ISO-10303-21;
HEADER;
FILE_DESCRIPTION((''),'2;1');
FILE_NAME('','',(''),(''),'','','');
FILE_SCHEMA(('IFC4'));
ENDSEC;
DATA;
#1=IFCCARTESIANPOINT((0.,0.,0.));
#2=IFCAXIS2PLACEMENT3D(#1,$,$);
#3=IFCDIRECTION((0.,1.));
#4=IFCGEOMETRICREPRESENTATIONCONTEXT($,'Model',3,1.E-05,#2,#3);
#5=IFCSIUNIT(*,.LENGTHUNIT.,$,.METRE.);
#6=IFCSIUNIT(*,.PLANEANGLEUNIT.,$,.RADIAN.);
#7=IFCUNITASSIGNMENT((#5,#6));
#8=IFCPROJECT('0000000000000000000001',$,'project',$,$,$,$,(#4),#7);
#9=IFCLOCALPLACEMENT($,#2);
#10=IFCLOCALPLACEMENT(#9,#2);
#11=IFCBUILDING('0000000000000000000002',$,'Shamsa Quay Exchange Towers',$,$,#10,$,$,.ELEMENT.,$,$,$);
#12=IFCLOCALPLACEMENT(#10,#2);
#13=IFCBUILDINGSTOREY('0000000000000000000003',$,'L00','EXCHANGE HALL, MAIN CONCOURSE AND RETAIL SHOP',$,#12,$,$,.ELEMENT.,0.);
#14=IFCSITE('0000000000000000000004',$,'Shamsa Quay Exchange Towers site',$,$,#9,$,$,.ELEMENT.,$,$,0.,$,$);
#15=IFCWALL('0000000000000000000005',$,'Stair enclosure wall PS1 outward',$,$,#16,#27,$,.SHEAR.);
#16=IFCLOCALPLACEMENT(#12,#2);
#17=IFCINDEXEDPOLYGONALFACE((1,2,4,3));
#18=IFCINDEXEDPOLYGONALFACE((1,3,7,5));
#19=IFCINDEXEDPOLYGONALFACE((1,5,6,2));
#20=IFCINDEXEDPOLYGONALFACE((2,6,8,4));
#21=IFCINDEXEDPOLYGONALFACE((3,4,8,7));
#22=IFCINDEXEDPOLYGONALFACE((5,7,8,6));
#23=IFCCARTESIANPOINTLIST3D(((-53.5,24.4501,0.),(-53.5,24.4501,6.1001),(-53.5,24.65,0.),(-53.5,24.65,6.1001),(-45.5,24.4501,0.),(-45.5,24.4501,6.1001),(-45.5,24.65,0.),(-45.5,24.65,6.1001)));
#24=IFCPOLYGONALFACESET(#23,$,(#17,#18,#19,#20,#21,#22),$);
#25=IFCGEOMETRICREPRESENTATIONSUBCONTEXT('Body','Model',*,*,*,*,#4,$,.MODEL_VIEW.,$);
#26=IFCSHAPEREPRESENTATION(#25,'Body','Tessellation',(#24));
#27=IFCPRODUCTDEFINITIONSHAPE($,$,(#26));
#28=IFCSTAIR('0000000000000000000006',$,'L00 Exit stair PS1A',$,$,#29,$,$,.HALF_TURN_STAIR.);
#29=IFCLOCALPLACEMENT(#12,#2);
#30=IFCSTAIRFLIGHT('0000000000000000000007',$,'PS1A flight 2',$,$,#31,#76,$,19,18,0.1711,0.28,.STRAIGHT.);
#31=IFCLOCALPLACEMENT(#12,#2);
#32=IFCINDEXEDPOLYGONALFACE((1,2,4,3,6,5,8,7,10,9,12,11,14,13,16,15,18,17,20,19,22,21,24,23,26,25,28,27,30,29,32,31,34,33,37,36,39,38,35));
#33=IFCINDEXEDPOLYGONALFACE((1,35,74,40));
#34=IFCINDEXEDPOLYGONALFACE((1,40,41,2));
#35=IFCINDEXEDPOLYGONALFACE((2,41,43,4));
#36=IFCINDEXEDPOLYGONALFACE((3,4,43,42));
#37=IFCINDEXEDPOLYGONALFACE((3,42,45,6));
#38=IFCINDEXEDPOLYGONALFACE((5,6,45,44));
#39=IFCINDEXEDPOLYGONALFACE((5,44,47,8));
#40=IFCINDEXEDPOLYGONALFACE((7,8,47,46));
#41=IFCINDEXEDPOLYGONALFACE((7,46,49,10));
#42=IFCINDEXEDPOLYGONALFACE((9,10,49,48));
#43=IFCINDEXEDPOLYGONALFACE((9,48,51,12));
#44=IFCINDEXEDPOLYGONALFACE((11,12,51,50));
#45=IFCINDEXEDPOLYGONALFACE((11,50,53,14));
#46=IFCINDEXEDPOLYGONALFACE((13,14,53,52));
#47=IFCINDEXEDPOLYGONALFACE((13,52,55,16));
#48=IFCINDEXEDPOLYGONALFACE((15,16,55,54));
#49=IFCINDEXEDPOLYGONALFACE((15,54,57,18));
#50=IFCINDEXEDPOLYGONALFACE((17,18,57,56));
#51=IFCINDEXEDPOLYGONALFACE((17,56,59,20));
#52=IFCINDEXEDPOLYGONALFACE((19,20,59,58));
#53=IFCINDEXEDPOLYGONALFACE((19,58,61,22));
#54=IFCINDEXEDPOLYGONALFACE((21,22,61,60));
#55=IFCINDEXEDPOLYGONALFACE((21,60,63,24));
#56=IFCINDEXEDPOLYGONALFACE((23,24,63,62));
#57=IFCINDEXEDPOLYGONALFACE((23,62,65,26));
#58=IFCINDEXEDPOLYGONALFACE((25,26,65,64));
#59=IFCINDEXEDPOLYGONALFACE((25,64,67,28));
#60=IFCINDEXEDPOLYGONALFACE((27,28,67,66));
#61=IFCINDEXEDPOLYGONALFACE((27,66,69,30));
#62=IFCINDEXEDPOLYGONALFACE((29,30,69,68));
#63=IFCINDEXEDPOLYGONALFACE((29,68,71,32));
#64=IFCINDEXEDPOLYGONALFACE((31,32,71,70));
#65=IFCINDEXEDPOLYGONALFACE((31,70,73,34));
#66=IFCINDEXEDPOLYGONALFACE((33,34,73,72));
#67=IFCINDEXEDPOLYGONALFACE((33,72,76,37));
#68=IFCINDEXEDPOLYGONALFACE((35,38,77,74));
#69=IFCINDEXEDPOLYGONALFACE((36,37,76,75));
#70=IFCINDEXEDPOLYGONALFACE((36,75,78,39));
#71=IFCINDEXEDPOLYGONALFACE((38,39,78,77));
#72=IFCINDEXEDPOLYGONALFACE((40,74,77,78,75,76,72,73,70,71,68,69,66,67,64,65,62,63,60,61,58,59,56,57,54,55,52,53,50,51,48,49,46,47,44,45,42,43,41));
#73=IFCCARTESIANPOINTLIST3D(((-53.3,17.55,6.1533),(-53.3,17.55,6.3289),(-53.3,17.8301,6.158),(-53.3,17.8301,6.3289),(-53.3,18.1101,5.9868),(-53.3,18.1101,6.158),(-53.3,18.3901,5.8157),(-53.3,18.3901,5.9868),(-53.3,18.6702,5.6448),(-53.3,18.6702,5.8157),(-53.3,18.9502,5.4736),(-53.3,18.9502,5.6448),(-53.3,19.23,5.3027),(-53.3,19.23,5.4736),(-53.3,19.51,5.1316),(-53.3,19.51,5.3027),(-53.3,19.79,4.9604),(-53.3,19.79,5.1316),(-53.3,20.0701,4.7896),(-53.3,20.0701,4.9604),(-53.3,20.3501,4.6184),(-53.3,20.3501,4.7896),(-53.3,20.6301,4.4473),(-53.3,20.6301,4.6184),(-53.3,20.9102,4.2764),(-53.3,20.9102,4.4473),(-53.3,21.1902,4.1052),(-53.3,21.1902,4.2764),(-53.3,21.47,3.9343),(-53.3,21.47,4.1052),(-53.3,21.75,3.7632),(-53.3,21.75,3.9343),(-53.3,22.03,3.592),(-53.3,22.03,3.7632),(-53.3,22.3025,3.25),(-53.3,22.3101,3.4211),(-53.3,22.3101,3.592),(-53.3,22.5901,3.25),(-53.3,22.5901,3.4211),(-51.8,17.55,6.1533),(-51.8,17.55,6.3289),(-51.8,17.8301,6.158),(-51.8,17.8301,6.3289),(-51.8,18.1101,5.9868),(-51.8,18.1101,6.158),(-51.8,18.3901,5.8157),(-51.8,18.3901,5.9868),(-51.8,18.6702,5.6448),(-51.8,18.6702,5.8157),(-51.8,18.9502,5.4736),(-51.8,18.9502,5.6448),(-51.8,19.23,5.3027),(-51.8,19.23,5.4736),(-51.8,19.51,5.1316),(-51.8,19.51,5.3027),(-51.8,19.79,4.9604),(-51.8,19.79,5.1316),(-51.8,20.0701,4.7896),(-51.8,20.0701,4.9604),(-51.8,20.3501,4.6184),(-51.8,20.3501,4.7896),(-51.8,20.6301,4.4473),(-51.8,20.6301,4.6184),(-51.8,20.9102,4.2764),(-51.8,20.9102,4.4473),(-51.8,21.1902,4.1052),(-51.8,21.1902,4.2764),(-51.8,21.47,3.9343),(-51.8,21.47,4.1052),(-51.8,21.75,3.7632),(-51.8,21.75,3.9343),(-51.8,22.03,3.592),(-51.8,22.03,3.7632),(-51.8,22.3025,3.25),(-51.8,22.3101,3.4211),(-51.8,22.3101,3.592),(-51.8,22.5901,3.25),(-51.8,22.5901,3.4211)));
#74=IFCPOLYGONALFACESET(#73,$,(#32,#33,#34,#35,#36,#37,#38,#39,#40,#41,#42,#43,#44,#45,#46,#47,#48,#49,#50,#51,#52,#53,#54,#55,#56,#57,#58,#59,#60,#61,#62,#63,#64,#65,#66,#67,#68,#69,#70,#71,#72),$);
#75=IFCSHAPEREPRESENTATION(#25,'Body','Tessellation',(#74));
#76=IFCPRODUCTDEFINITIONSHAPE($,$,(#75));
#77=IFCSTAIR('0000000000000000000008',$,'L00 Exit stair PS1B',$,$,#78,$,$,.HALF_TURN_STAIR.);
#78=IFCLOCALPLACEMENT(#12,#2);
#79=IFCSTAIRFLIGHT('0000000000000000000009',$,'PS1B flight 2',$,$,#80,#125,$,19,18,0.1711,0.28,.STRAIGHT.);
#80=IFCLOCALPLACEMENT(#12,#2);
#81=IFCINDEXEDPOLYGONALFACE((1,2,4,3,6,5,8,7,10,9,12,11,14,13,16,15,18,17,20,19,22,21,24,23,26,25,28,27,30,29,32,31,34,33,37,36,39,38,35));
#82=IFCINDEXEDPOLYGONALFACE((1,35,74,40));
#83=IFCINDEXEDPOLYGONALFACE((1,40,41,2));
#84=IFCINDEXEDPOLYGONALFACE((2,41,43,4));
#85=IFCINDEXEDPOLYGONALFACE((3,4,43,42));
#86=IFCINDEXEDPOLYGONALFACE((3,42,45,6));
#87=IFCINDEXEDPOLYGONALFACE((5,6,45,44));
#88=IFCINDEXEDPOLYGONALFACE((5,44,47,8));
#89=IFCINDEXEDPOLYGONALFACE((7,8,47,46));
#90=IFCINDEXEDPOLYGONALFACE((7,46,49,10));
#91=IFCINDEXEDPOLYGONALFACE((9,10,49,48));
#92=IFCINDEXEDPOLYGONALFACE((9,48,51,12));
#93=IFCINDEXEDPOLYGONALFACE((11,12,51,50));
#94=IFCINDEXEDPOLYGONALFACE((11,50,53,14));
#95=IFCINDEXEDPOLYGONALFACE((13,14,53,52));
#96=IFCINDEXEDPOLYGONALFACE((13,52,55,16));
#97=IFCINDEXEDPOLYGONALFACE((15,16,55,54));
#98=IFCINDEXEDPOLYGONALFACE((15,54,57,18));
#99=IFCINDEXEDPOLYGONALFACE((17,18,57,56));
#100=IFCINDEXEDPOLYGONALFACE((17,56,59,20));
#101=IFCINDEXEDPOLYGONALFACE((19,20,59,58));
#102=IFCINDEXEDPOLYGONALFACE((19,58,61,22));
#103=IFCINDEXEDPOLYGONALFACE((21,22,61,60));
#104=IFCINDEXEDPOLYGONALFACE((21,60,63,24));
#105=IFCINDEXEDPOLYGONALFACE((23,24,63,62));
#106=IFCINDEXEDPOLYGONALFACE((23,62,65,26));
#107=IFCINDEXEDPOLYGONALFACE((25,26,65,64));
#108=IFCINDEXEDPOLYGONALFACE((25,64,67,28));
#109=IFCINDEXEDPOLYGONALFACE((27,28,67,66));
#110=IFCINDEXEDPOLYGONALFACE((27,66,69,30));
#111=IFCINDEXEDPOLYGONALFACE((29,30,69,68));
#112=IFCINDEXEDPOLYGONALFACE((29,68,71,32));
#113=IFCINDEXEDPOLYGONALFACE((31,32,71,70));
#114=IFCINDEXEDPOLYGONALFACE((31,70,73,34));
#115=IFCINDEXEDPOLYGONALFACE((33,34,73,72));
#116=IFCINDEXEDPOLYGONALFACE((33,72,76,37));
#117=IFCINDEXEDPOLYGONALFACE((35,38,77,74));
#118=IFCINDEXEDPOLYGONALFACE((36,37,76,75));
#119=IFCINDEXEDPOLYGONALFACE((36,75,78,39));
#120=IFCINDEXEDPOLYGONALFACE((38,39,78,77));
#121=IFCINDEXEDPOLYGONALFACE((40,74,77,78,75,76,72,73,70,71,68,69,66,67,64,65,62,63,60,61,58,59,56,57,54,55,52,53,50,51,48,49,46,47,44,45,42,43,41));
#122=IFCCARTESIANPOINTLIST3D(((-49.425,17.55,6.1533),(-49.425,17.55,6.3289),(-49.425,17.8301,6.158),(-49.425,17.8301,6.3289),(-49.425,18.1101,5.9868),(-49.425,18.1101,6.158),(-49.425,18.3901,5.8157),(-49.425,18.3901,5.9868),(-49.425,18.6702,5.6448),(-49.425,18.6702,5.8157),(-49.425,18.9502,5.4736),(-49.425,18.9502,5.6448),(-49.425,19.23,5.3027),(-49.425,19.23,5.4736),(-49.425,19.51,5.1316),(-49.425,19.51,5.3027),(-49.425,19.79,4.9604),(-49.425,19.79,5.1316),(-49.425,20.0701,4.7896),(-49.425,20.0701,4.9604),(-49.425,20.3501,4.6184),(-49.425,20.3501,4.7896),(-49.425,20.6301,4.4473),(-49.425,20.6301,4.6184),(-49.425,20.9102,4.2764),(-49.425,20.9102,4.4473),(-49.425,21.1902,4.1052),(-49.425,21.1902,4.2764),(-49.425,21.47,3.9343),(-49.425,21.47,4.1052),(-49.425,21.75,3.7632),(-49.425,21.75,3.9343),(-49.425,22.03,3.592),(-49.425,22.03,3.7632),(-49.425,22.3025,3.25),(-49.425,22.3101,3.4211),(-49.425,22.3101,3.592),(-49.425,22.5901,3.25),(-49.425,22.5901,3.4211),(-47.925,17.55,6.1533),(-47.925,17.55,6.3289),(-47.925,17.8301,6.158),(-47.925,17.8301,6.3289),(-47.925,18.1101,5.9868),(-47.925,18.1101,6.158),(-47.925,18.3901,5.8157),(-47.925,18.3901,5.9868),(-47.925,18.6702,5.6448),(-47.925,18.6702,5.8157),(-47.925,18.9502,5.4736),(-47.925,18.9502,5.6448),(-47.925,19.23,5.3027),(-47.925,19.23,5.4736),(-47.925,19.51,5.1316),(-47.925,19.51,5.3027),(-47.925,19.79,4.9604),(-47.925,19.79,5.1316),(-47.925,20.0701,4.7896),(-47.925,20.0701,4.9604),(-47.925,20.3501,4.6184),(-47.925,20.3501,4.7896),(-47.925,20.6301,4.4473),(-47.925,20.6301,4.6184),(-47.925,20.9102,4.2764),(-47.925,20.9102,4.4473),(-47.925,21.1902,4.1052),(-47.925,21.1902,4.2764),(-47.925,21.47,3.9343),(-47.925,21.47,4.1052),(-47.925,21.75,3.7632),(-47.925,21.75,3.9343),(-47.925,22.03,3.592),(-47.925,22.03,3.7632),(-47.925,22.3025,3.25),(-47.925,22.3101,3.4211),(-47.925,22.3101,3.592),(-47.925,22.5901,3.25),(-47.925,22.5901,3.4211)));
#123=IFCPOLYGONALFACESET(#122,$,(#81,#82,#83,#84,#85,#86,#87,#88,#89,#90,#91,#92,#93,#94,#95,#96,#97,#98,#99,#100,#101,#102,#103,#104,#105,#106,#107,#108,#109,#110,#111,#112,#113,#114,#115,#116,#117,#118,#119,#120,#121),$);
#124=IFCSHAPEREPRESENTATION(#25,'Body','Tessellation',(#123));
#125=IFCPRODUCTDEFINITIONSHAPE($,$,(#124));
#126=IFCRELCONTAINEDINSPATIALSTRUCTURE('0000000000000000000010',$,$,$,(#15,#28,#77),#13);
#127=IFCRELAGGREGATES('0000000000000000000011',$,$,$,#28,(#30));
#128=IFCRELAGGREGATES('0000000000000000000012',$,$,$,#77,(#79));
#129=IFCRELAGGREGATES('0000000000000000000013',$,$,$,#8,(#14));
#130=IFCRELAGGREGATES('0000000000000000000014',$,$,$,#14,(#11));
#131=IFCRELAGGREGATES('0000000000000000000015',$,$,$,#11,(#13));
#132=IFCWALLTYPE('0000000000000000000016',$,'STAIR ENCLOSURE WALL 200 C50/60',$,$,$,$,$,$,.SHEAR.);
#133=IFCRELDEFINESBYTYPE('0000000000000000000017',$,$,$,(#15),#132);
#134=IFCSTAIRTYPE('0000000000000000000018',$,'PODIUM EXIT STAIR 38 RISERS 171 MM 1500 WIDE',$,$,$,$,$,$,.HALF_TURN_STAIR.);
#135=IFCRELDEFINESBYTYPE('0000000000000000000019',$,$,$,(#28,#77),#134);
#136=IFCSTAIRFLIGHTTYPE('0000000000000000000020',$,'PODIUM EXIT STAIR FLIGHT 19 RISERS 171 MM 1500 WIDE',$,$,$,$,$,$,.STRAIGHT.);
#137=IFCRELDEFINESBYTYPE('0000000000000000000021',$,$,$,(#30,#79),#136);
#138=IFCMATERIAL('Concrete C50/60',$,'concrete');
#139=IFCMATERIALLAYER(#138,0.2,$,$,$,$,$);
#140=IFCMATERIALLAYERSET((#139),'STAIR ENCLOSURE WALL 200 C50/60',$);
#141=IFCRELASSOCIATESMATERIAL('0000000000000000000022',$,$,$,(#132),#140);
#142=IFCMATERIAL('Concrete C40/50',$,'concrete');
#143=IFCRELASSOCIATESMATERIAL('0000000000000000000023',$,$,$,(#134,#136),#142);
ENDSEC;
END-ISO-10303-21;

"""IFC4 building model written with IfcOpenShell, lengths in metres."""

from ifc_helpers import new_model, si_unit, direction, frame, frame_2d, origin, place, context, subcontext, project, spatial, polyline, rectangle, outline, extrude, material, layer, layer_set, type_object, element, aggregate, save


model = new_model("IFC4")

# Units and contexts
model_context = context("Model", 3, precision=1e-05, world=origin(), true_north=direction((0.0, 1.0)))
body_context = subcontext(model_context, "Body", "Model", "MODEL_VIEW")
ifc_project = project(units=[si_unit("LENGTHUNIT", "METRE"), si_unit("PLANEANGLEUNIT", "RADIAN")], contexts=[model_context])

# Site, building, storey
site_placement = place(None, origin())
site = spatial("IfcSite", under=ifc_project, at=site_placement, Name="Shamsa Quay Exchange Towers site", CompositionType="ELEMENT", RefElevation=0.0)
building_placement = place(site_placement, origin())
building = spatial("IfcBuilding", under=site, at=building_placement, Name="Shamsa Quay Exchange Towers", CompositionType="ELEMENT")
storey_placement = place(building_placement, origin())
storey = spatial("IfcBuildingStorey", under=building, at=storey_placement, Name="L00", Description="EXCHANGE HALL, MAIN CONCOURSE AND RETAIL SHOP", CompositionType="ELEMENT", Elevation=0.0)

# Shared definitions
ifc_material_1 = material(Name="Concrete C40/50", Category="concrete")

# Wall
ifc_material_2 = material(Name="Concrete C50/60", Category="concrete")
ifc_layer_1 = layer(ifc_material_2, 0.2)
ifc_layer_set_1 = layer_set([ifc_layer_1], Name="STAIR ENCLOSURE WALL 200 C50/60")
wall_type_1 = type_object("IfcWallType", Name="STAIR ENCLOSURE WALL 200 C50/60", PredefinedType="SHEAR", material=ifc_layer_set_1)
wall_1_placement = place(storey_placement, frame((-53.5, 24.55, 0.0)))
element("IfcWall", 1, at=wall_1_placement, inside=storey, type_object=wall_type_1, Name="Stair enclosure wall PS1 outward", PredefinedType="SHEAR", context=body_context, shape_type="SweptSolid", body=[
    extrude(rectangle(XDim=8.0, YDim=0.2, at=frame_2d((4.0, 0.0))), origin(), (0.0, 0.0, 1.0), 6.1001),
])

# Stairs, stair flights
stair_type = type_object("IfcStairType", Name="PODIUM EXIT STAIR 38 RISERS 171 MM 1500 WIDE", PredefinedType="HALF_TURN_STAIR", material=ifc_material_1)
stair_1_placement = place(storey_placement, origin())
stair_1 = element("IfcStair", 2, at=stair_1_placement, inside=storey, type_object=stair_type, Name="L00 Exit stair PS1A", PredefinedType="HALF_TURN_STAIR")
stair_flight_type = type_object("IfcStairFlightType", Name="PODIUM EXIT STAIR FLIGHT 19 RISERS 171 MM 1500 WIDE", PredefinedType="STRAIGHT", material=ifc_material_1)
stair_flight_1_placement = place(storey_placement, frame((-52.55, 22.5901, 3.25), z_axis=(0.0, 0.0, 1.0), x_axis=(0.0, -1.0, 0.0)))
stair_flight_1 = element("IfcStairFlight", 3, at=stair_flight_1_placement, type_object=stair_flight_type, Name="PS1A flight 2", NumberOfRisers=19, NumberOfTreads=18, PredefinedType="STRAIGHT", RiserHeight=0.1711, TreadLength=0.28, context=body_context, shape_type="SweptSolid", body=[
    extrude(outline(polyline([(0.0, 0.0), (0.0, 0.1711), (0.28, 0.1711), (0.28, 0.342), (0.5601, 0.342), (0.5601, 0.5132), (0.8401, 0.5132), (0.8401, 0.6843), (1.1201, 0.6843), (1.1201, 0.8552), (1.3999, 0.8552), (1.3999, 1.0264), (1.6799, 1.0264), (1.6799, 1.1973), (1.96, 1.1973), (1.96, 1.3684), (2.24, 1.3684), (2.24, 1.5396), (2.52, 1.5396), (2.52, 1.7104), (2.8, 1.7104), (2.8, 1.8816), (3.0801, 1.8816), (3.0801, 2.0527), (3.3601, 2.0527), (3.3601, 2.2236), (3.6399, 2.2236), (3.6399, 2.3948), (3.9199, 2.3948), (3.9199, 2.5657), (4.2, 2.5657), (4.2, 2.7368), (4.48, 2.7368), (4.48, 2.908), (4.76, 2.908), (4.76, 3.0789), (5.04, 3.0789), (5.04, 3.25), (5.04, 2.9033), (0.2876, 0.0), (0.0, 0.0)])), frame((0.0, 0.75, 0.0), z_axis=(0.0, -1.0, 0.0), x_axis=(1.0, 0.0, 0.0)), (0.0, 0.0, 1.0), 1.5),
])
aggregate(stair_1, [stair_flight_1])
stair_2_placement = place(storey_placement, origin())
stair_2 = element("IfcStair", 4, at=stair_2_placement, inside=storey, type_object=stair_type, Name="L00 Exit stair PS1B", PredefinedType="HALF_TURN_STAIR")
stair_flight_2_placement = place(storey_placement, frame((-48.675, 22.5901, 3.25), z_axis=(0.0, 0.0, 1.0), x_axis=(0.0, -1.0, 0.0)))
stair_flight_2 = element("IfcStairFlight", 5, at=stair_flight_2_placement, type_object=stair_flight_type, Name="PS1B flight 2", NumberOfRisers=19, NumberOfTreads=18, PredefinedType="STRAIGHT", RiserHeight=0.1711, TreadLength=0.28, context=body_context, shape_type="SweptSolid", body=[
    extrude(outline(polyline([(0.0, 0.0), (0.0, 0.1711), (0.28, 0.1711), (0.28, 0.342), (0.5601, 0.342), (0.5601, 0.5132), (0.8401, 0.5132), (0.8401, 0.6843), (1.1201, 0.6843), (1.1201, 0.8552), (1.3999, 0.8552), (1.3999, 1.0264), (1.6799, 1.0264), (1.6799, 1.1973), (1.96, 1.1973), (1.96, 1.3684), (2.24, 1.3684), (2.24, 1.5396), (2.52, 1.5396), (2.52, 1.7104), (2.8, 1.7104), (2.8, 1.8816), (3.0801, 1.8816), (3.0801, 2.0527), (3.3601, 2.0527), (3.3601, 2.2236), (3.6399, 2.2236), (3.6399, 2.3948), (3.9199, 2.3948), (3.9199, 2.5657), (4.2, 2.5657), (4.2, 2.7368), (4.48, 2.7368), (4.48, 2.908), (4.76, 2.908), (4.76, 3.0789), (5.04, 3.0789), (5.04, 3.25), (5.04, 2.9033), (0.2876, 0.0), (0.0, 0.0)])), frame((0.0, 0.75, 0.0), z_axis=(0.0, -1.0, 0.0), x_axis=(1.0, 0.0, 0.0)), (0.0, 0.0, 1.0), 1.5),
])
aggregate(stair_2, [stair_flight_2])

save(model, "model.ifc")
